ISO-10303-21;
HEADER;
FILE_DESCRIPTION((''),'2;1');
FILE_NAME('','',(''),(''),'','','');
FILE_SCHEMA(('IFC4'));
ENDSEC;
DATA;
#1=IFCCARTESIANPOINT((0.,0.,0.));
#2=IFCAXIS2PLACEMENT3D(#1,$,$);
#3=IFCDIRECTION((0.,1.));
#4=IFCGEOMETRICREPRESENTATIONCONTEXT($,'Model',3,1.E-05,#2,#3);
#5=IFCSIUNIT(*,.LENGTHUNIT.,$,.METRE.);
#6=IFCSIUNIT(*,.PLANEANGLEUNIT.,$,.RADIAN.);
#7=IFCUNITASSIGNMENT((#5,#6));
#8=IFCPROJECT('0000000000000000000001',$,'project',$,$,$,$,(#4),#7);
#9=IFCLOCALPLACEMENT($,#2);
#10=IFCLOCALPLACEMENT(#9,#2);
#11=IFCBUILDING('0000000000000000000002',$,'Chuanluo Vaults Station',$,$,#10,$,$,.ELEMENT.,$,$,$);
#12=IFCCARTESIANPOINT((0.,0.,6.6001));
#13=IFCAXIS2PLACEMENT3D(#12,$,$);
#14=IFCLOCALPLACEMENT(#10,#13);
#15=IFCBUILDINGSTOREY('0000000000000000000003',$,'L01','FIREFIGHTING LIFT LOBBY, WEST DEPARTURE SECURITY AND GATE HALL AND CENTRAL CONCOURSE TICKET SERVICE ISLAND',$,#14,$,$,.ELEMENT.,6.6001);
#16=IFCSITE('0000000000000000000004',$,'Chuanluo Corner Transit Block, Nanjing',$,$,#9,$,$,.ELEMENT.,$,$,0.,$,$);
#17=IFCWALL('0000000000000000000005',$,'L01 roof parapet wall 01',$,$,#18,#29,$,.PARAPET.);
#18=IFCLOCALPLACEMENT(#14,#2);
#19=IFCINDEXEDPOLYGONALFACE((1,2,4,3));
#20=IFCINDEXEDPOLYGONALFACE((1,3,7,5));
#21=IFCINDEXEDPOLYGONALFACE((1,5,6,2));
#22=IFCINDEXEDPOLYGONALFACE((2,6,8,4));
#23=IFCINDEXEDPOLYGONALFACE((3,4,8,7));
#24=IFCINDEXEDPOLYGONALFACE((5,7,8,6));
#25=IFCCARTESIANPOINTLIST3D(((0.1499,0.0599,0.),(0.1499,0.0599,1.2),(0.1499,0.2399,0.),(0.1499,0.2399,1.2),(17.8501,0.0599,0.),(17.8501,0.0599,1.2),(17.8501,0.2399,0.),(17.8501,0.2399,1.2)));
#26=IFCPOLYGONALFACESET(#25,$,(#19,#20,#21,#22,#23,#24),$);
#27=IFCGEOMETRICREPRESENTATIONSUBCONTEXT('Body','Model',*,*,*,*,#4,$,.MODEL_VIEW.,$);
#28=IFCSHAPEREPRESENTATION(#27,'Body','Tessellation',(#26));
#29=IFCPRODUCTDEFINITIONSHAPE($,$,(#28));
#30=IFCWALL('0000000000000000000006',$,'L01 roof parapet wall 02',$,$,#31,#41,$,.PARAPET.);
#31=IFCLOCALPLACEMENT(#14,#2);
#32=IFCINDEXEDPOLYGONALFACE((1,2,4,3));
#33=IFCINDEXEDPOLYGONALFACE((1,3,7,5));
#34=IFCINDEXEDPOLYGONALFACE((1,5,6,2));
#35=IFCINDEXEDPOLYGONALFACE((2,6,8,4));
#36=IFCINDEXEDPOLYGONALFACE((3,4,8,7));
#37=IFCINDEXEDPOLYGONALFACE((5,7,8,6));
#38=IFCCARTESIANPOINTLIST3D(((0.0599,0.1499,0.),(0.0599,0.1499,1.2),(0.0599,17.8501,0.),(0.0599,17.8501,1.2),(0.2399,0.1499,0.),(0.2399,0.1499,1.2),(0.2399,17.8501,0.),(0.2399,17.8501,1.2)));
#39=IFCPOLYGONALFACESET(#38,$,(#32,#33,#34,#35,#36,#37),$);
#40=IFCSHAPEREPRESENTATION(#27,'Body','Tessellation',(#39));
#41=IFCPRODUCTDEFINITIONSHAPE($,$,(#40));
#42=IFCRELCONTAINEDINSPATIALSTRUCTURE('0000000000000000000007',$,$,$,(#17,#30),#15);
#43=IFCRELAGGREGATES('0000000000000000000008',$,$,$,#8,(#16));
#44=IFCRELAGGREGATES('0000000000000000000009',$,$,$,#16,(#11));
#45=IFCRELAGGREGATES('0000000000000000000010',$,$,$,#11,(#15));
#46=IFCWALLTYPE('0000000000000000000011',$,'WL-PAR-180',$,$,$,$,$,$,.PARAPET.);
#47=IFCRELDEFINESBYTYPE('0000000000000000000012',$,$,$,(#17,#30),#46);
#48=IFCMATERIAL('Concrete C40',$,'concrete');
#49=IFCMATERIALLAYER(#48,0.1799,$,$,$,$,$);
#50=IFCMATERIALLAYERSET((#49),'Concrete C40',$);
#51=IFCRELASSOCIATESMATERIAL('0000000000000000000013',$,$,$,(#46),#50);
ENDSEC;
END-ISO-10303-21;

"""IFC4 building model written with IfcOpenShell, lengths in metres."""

from ifc_helpers import new_model, si_unit, direction, frame, frame_2d, origin, place, context, subcontext, project, spatial, rectangle, extrude, material, layer, layer_set, type_object, element, save


model = new_model("IFC4")

# Units and contexts
model_context = context("Model", 3, precision=1e-05, world=origin(), true_north=direction((0.0, 1.0)))
body_context = subcontext(model_context, "Body", "Model", "MODEL_VIEW")
ifc_project = project(units=[si_unit("LENGTHUNIT", "METRE"), si_unit("PLANEANGLEUNIT", "RADIAN")], contexts=[model_context])

# Site, building, storey
site_placement = place(None, origin())
site = spatial("IfcSite", under=ifc_project, at=site_placement, Name="Chuanluo Corner Transit Block, Nanjing", CompositionType="ELEMENT", RefElevation=0.0)
building_placement = place(site_placement, origin())
building = spatial("IfcBuilding", under=site, at=building_placement, Name="Chuanluo Vaults Station", CompositionType="ELEMENT")
storey_placement = place(building_placement, frame((0.0, 0.0, 6.6001)))
storey = spatial("IfcBuildingStorey", under=building, at=storey_placement, Name="L01", Description="FIREFIGHTING LIFT LOBBY, WEST DEPARTURE SECURITY AND GATE HALL AND CENTRAL CONCOURSE TICKET SERVICE ISLAND", CompositionType="ELEMENT", Elevation=6.6001)

# Walls
ifc_material_1 = material(Name="Concrete C40", Category="concrete")
ifc_layer_1 = layer(ifc_material_1, 0.1799)
ifc_layer_set_1 = layer_set([ifc_layer_1], Name="Concrete C40")
wall_type = type_object("IfcWallType", Name="WL-PAR-180", PredefinedType="PARAPET", material=ifc_layer_set_1)
for number, where, z_axis, x_axis, name in (
    (1, (0.1499, 0.1499, 0.0), (0.0, 0.0, 1.0), (1.0, 0.0, 0.0), "L01 roof parapet wall 01"),
    (2, (0.1499, 0.1499, 0.0), (0.0, 0.0, 1.0), (0.0, 1.0, 0.0), "L01 roof parapet wall 02"),
):
    element("IfcWall", number, at=place(storey_placement, frame(where, z_axis=z_axis, x_axis=x_axis)), inside=storey, type_object=wall_type, Name=name, PredefinedType="PARAPET", context=body_context, shape_type="SweptSolid", body=[
        extrude(rectangle(XDim=17.7002, YDim=0.1799, at=frame_2d((8.8501, 0.0))), origin(), (0.0, 0.0, 1.0), 1.2),
    ])

save(model, "model.ifc")
